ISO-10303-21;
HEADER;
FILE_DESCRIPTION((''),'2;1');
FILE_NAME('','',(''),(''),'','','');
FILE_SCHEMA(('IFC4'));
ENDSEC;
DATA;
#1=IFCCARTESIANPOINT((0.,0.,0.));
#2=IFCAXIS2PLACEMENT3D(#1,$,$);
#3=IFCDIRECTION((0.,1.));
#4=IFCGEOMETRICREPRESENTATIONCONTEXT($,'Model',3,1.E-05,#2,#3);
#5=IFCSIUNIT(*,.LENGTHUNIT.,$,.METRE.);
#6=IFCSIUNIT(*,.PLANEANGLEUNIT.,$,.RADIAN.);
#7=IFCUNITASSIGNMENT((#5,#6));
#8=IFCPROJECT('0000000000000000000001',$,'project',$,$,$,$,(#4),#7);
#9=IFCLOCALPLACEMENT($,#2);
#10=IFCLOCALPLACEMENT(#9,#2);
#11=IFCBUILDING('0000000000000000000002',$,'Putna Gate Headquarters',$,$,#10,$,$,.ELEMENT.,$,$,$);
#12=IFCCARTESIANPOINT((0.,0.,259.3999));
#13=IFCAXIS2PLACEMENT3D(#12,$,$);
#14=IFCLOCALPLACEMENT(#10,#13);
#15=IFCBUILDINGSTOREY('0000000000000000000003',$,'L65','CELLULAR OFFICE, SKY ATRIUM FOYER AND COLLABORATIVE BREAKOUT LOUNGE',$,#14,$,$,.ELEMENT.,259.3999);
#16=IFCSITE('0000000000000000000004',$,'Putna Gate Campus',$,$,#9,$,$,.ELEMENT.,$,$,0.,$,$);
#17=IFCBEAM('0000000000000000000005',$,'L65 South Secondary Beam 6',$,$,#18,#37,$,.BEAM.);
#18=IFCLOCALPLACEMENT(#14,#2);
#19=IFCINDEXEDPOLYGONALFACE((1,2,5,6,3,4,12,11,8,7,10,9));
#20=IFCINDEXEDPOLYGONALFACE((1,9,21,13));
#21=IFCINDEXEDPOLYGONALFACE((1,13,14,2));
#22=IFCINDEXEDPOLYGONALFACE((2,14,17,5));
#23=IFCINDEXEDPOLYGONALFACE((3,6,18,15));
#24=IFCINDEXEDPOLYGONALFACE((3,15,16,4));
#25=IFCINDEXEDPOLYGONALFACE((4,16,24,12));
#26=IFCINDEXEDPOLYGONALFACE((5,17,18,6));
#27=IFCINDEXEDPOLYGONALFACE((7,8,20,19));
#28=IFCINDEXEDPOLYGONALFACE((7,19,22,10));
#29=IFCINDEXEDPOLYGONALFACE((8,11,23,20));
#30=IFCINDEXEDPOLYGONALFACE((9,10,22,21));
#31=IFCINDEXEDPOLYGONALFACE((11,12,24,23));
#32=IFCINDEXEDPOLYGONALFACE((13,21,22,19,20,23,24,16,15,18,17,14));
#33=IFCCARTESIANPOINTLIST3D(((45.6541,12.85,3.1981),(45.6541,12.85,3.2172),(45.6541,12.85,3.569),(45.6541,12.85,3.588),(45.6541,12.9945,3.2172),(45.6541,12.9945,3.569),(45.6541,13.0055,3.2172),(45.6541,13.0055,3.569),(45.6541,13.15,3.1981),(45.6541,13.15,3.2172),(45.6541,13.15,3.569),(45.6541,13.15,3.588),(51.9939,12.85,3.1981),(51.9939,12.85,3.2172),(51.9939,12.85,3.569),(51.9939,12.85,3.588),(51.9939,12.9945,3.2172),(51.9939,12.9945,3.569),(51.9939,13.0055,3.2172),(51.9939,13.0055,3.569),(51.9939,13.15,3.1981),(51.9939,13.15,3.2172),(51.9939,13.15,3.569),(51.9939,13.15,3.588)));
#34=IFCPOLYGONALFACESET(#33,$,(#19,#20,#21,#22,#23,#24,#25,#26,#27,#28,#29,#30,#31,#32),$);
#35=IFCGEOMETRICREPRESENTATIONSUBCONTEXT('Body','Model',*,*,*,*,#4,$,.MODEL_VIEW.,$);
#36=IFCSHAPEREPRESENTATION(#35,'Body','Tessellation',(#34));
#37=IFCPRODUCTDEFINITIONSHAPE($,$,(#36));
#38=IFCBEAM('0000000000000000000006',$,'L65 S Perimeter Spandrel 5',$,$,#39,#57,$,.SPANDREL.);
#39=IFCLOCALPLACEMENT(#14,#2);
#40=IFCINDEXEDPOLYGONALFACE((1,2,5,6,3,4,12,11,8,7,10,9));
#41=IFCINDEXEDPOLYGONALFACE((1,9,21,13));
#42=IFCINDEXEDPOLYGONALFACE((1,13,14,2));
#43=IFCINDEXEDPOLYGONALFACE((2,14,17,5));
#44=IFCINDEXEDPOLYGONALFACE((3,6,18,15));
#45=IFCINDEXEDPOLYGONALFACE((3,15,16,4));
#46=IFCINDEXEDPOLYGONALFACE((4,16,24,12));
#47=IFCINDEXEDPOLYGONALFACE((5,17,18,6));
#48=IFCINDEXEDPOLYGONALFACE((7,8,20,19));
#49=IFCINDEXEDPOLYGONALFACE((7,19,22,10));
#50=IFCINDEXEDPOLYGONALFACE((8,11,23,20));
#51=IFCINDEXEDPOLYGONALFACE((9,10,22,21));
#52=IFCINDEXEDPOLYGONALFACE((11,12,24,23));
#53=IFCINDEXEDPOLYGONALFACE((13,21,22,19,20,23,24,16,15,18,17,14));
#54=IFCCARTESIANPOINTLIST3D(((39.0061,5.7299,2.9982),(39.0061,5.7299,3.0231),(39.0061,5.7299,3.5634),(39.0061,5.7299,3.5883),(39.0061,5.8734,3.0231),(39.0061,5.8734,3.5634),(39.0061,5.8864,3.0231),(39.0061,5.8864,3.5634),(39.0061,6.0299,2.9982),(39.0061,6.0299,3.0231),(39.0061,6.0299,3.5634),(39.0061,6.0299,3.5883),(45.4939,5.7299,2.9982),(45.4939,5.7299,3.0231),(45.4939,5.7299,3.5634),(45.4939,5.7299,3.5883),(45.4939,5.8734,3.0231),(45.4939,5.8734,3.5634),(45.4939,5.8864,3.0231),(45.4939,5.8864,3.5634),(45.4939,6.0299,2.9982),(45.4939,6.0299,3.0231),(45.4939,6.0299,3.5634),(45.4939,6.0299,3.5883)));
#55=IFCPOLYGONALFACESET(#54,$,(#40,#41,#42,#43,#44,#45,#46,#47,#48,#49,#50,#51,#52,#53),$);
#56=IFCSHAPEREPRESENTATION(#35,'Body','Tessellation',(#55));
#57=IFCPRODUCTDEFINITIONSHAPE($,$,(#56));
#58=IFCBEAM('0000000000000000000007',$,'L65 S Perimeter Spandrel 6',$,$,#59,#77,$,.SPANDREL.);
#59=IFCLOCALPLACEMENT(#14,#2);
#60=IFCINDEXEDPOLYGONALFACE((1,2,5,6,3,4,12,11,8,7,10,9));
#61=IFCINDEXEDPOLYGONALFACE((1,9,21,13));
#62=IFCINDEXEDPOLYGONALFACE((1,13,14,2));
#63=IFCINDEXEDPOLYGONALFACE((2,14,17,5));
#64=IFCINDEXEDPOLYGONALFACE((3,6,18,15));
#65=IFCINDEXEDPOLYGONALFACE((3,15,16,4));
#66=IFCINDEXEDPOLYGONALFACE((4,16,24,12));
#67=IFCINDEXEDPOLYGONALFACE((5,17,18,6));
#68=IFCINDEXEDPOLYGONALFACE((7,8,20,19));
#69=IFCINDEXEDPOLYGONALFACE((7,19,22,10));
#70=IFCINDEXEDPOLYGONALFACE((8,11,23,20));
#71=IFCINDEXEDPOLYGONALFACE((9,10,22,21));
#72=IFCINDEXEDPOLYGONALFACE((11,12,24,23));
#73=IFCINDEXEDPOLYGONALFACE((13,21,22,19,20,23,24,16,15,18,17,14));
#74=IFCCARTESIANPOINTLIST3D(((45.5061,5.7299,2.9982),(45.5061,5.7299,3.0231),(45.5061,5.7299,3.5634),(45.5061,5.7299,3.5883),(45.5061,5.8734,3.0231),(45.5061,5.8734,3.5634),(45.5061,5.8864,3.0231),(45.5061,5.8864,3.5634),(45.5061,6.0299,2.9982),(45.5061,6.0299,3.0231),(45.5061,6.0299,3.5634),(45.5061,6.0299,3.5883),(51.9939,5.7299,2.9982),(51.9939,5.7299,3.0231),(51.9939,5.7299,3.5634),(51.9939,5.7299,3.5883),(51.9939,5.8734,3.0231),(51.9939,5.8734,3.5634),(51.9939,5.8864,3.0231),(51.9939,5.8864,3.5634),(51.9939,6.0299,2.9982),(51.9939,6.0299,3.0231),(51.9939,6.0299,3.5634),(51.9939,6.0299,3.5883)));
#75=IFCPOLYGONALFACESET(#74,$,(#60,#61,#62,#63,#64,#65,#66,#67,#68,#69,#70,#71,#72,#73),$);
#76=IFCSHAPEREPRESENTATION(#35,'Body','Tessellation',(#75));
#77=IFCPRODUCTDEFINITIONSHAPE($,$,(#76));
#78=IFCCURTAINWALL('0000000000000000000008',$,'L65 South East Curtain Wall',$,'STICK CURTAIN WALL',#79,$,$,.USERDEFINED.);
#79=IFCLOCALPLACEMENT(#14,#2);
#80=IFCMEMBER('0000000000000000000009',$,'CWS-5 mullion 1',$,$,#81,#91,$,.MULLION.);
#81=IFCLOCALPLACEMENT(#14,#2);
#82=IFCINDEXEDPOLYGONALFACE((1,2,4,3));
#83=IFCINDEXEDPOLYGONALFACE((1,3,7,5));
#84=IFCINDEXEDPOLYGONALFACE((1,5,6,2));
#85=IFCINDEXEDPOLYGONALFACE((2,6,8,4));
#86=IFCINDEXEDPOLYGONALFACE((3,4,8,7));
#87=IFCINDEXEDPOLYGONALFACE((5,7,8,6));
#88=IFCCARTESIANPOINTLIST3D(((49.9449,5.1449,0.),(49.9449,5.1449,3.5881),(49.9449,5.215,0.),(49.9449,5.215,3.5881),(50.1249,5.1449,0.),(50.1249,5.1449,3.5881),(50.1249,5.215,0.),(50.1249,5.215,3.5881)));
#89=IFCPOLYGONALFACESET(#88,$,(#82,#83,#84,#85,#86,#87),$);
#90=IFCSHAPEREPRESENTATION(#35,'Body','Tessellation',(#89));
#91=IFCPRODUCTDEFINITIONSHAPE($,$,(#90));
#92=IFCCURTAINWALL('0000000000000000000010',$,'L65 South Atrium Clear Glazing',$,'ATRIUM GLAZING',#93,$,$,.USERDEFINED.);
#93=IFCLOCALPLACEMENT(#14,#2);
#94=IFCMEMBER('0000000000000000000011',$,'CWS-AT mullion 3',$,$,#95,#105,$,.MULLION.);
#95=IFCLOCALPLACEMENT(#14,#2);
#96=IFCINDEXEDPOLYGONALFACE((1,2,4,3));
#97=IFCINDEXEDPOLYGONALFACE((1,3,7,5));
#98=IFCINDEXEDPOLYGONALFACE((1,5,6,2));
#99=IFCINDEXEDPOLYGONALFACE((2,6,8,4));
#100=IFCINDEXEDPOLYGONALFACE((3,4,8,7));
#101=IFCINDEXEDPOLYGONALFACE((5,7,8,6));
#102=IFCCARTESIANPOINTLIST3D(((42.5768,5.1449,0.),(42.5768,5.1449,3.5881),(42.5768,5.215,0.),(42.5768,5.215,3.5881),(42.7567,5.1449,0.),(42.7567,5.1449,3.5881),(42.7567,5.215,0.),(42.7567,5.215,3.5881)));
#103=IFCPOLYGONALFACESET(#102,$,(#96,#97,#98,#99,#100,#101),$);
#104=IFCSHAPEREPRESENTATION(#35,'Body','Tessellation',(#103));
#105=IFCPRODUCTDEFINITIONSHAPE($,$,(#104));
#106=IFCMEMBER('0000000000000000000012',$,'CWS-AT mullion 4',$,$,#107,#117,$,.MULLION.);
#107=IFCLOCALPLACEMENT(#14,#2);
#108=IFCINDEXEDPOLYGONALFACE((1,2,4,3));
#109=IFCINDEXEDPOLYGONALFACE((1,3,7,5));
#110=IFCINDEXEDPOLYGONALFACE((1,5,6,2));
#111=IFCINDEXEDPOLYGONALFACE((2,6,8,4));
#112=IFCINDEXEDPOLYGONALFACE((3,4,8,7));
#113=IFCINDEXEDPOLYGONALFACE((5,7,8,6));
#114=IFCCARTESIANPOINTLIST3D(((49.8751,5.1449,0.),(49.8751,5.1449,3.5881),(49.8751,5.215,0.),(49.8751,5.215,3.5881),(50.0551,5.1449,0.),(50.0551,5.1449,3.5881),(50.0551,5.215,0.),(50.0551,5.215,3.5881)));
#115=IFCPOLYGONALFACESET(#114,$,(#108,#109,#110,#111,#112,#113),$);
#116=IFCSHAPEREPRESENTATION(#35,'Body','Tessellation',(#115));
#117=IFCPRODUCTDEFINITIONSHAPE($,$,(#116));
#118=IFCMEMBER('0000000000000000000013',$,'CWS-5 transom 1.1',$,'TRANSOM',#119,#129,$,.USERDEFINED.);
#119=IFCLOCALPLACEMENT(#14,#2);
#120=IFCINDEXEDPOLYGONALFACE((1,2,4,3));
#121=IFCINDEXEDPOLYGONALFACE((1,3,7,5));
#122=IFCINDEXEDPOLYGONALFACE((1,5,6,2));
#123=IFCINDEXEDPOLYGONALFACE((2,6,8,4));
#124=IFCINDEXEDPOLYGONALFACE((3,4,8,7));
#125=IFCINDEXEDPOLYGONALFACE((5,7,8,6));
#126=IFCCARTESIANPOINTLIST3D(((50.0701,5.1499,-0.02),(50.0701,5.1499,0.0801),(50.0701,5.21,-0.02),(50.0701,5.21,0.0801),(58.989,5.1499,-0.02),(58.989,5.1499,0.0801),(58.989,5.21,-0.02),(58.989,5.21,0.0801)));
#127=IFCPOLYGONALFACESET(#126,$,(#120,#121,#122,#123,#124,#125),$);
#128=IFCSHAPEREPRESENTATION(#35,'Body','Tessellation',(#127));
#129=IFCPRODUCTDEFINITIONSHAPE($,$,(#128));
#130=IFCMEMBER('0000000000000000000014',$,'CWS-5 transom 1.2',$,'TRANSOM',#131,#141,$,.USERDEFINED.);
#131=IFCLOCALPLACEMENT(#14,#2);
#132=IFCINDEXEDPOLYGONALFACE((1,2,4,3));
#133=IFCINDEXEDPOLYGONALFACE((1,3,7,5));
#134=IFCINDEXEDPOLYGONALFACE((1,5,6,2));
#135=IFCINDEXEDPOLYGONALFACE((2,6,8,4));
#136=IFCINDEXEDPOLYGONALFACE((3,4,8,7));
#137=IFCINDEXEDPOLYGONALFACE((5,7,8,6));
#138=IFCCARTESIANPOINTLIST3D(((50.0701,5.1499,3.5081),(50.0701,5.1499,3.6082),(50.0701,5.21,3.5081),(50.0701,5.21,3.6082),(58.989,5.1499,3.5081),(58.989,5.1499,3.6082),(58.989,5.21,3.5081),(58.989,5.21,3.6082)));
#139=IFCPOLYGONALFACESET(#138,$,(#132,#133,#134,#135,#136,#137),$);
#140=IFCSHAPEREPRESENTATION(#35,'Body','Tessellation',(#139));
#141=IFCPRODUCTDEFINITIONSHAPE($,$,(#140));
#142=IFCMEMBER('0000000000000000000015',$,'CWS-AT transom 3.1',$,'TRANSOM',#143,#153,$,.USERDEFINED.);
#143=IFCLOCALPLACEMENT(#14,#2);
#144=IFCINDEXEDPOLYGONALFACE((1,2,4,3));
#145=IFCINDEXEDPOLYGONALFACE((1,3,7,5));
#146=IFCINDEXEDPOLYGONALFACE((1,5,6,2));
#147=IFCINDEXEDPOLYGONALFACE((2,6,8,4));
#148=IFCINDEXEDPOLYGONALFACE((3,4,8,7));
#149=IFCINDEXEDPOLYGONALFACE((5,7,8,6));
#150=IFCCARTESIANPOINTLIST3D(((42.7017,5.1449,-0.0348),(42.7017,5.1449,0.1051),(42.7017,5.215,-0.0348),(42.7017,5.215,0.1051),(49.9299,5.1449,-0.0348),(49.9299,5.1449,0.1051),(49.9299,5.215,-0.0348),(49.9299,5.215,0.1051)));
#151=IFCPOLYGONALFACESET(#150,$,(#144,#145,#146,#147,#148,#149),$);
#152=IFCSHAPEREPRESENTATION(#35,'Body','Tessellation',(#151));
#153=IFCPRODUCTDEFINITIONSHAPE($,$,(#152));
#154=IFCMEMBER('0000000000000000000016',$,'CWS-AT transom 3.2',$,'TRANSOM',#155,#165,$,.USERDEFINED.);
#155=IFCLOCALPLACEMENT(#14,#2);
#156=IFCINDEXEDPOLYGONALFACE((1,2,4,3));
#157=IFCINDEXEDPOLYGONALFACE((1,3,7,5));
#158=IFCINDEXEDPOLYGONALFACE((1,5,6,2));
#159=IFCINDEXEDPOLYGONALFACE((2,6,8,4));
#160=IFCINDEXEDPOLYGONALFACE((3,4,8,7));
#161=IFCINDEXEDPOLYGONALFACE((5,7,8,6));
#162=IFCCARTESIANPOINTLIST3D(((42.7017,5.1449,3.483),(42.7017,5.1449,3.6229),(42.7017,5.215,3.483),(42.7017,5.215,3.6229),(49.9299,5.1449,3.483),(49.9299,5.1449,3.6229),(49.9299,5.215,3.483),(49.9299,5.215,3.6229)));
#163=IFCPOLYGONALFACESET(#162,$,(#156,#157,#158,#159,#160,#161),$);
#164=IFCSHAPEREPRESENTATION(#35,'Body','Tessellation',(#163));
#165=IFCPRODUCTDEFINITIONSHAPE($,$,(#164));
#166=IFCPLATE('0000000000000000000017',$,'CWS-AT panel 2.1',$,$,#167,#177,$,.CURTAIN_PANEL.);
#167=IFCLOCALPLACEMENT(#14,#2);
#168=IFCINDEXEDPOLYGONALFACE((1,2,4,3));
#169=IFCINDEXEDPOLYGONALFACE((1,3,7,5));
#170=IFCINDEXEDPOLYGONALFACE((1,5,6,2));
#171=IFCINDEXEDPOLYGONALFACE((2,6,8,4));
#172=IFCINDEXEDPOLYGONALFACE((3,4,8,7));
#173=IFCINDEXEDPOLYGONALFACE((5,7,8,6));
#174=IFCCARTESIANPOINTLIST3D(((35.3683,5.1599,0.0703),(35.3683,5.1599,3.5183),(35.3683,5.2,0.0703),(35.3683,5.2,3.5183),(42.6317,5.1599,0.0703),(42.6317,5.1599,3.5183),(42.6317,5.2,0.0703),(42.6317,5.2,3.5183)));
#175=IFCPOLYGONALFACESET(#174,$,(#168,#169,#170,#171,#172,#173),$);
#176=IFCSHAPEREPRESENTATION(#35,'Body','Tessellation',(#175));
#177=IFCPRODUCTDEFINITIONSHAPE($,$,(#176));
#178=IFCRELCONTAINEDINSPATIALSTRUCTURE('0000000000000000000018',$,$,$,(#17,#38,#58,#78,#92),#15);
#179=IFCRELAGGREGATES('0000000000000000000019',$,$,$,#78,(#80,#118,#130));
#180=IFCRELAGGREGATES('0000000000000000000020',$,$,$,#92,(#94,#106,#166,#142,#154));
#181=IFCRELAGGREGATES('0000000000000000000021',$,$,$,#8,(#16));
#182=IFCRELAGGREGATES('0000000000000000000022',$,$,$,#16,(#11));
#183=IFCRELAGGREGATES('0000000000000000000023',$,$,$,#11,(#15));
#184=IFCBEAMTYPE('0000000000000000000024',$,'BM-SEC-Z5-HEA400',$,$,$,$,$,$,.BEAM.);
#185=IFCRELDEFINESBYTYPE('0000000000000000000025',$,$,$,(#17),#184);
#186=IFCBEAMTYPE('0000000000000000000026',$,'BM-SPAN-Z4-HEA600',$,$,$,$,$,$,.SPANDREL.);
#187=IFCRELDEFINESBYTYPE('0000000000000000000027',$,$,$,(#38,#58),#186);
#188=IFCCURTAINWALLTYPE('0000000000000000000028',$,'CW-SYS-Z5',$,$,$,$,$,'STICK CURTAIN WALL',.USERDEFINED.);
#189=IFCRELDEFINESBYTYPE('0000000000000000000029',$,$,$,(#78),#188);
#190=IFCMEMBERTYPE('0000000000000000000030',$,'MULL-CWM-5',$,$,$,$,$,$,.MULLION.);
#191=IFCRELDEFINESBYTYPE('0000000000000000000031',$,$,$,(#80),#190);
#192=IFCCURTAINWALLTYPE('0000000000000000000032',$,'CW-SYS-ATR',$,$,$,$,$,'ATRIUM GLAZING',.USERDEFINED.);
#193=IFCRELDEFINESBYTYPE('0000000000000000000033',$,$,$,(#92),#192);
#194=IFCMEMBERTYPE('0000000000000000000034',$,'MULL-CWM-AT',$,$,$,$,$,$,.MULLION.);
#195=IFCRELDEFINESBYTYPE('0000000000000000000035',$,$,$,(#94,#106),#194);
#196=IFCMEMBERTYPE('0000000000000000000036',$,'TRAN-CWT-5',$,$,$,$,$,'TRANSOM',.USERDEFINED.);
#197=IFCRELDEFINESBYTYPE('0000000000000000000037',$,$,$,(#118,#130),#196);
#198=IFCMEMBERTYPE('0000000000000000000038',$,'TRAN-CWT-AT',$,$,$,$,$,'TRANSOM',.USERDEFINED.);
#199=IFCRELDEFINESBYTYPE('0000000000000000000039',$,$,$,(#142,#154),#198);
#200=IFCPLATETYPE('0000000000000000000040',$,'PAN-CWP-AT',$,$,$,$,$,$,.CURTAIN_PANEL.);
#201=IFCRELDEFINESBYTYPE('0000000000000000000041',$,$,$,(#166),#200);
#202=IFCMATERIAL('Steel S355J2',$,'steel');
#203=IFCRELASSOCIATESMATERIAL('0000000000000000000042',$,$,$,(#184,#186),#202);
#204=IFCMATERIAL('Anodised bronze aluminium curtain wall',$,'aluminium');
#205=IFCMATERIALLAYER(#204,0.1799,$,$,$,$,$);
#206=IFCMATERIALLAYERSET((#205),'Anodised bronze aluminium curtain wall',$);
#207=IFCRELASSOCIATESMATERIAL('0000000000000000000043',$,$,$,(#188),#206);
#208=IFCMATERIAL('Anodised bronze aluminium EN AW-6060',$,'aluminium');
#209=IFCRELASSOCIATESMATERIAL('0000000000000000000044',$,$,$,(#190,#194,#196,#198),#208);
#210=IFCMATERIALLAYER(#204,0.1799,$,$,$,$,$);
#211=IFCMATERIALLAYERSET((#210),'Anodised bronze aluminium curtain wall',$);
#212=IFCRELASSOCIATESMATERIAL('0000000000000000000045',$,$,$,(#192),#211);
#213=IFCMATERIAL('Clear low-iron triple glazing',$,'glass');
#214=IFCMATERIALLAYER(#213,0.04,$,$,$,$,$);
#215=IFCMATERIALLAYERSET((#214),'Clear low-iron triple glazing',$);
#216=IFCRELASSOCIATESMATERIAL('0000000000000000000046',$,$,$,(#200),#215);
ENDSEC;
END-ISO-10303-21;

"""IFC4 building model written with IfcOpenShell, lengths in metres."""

from ifc_helpers import new_model, si_unit, direction, frame, origin, origin_2d, place, context, subcontext, project, spatial, rectangle, i_section, extrude, material, layer, layer_set, material_profile, profile_set, type_object, element, aggregate, save


model = new_model("IFC4")

# Units and contexts
model_context = context("Model", 3, precision=1e-05, world=origin(), true_north=direction((0.0, 1.0)))
body_context = subcontext(model_context, "Body", "Model", "MODEL_VIEW")
ifc_project = project(units=[si_unit("LENGTHUNIT", "METRE"), si_unit("PLANEANGLEUNIT", "RADIAN")], contexts=[model_context])

# Site, building, storey
site_placement = place(None, origin())
site = spatial("IfcSite", under=ifc_project, at=site_placement, Name="Putna Gate Campus", CompositionType="ELEMENT", RefElevation=0.0)
building_placement = place(site_placement, origin())
building = spatial("IfcBuilding", under=site, at=building_placement, Name="Putna Gate Headquarters", CompositionType="ELEMENT")
storey_placement = place(building_placement, frame((0.0, 0.0, 259.3999)))
storey = spatial("IfcBuildingStorey", under=building, at=storey_placement, Name="L65", Description="CELLULAR OFFICE, SKY ATRIUM FOYER AND COLLABORATIVE BREAKOUT LOUNGE", CompositionType="ELEMENT", Elevation=259.3999)

# Beams
ifc_material_1 = material(Name="Steel S355J2", Category="steel")
ifc_material_profile_1 = material_profile(ifc_material_1, i_section(OverallWidth=0.3, OverallDepth=0.3899, WebThickness=0.011, FlangeThickness=0.019, at=origin_2d()), Name="Steel S355J2")
ifc_profile_set_1 = profile_set([ifc_material_profile_1], Name="Steel S355J2")
beam_type_1 = type_object("IfcBeamType", Name="BM-SEC-Z5-HEA400", PredefinedType="BEAM", material=ifc_profile_set_1)
beam_1_placement = place(storey_placement, frame((45.6541, 13.0, 3.3931), z_axis=(1.0, 0.0, 0.0), x_axis=(0.0, 1.0, 0.0)))
element("IfcBeam", 1, at=beam_1_placement, inside=storey, type_object=beam_type_1, Name="L65 South Secondary Beam 6", PredefinedType="BEAM", context=body_context, shape_type="SweptSolid", body=[
    extrude(i_section(OverallWidth=0.3, OverallDepth=0.3899, WebThickness=0.011, FlangeThickness=0.019, at=origin_2d()), origin(), (0.0, 0.0, 1.0), 6.3398),
])
ifc_material_profile_2 = material_profile(ifc_material_1, i_section(OverallWidth=0.3, OverallDepth=0.5901, WebThickness=0.0129, FlangeThickness=0.0249, at=origin_2d()), Name="Steel S355J2")
ifc_profile_set_2 = profile_set([ifc_material_profile_2], Name="Steel S355J2")
beam_type_2 = type_object("IfcBeamType", Name="BM-SPAN-Z4-HEA600", PredefinedType="SPANDREL", material=ifc_profile_set_2)
for number, where, z_axis, x_axis, name in (
    (2, (39.0061, 5.8799, 3.2932), (1.0, 0.0, 0.0), (0.0, 1.0, 0.0), "L65 S Perimeter Spandrel 5"),
    (3, (45.5061, 5.8799, 3.2932), (1.0, 0.0, 0.0), (0.0, 1.0, 0.0), "L65 S Perimeter Spandrel 6"),
):
    element("IfcBeam", number, at=place(storey_placement, frame(where, z_axis=z_axis, x_axis=x_axis)), inside=storey, type_object=beam_type_2, Name=name, PredefinedType="SPANDREL", context=body_context, shape_type="SweptSolid", body=[
        extrude(i_section(OverallWidth=0.3, OverallDepth=0.5901, WebThickness=0.0129, FlangeThickness=0.0249, at=origin_2d()), origin(), (0.0, 0.0, 1.0), 6.4878),
    ])

# Curtain wall, member
ifc_material_2 = material(Name="Anodised bronze aluminium curtain wall", Category="aluminium")
ifc_layer_1 = layer(ifc_material_2, 0.1799)
ifc_layer_set_1 = layer_set([ifc_layer_1], Name="Anodised bronze aluminium curtain wall")
curtain_wall_type_1 = type_object("IfcCurtainWallType", Name="CW-SYS-Z5", ElementType="STICK CURTAIN WALL", PredefinedType="USERDEFINED", material=ifc_layer_set_1)
curtain_wall_1_placement = place(storey_placement, origin())
curtain_wall_1 = element("IfcCurtainWall", 4, at=curtain_wall_1_placement, inside=storey, type_object=curtain_wall_type_1, Name="L65 South East Curtain Wall", ObjectType="STICK CURTAIN WALL", PredefinedType="USERDEFINED")
ifc_material_3 = material(Name="Anodised bronze aluminium EN AW-6060", Category="aluminium")
ifc_material_profile_3 = material_profile(ifc_material_3, rectangle(XDim=0.0701, YDim=0.1799, at=origin_2d()), Name="Anodised bronze aluminium EN AW-6060")
ifc_profile_set_3 = profile_set([ifc_material_profile_3], Name="Anodised bronze aluminium EN AW-6060")
member_type_1 = type_object("IfcMemberType", Name="MULL-CWM-5", PredefinedType="MULLION", material=ifc_profile_set_3)
member_1_placement = place(storey_placement, frame((50.0349, 5.1799, 0.0), z_axis=(0.0, 0.0, 1.0), x_axis=(0.0, 1.0, 0.0)))
member_1 = element("IfcMember", 5, at=member_1_placement, type_object=member_type_1, Name="CWS-5 mullion 1", PredefinedType="MULLION", context=body_context, shape_type="SweptSolid", body=[
    extrude(rectangle(XDim=0.0701, YDim=0.1799, at=origin_2d()), origin(), (0.0, 0.0, 1.0), 3.5881),
])

# Curtain wall, members
ifc_layer_2 = layer(ifc_material_2, 0.1799)
ifc_layer_set_2 = layer_set([ifc_layer_2], Name="Anodised bronze aluminium curtain wall")
curtain_wall_type_2 = type_object("IfcCurtainWallType", Name="CW-SYS-ATR", ElementType="ATRIUM GLAZING", PredefinedType="USERDEFINED", material=ifc_layer_set_2)
curtain_wall_2_placement = place(storey_placement, origin())
curtain_wall_2 = element("IfcCurtainWall", 6, at=curtain_wall_2_placement, inside=storey, type_object=curtain_wall_type_2, Name="L65 South Atrium Clear Glazing", ObjectType="ATRIUM GLAZING", PredefinedType="USERDEFINED")
ifc_material_profile_4 = material_profile(ifc_material_3, rectangle(XDim=0.0701, YDim=0.1799, at=origin_2d()), Name="Anodised bronze aluminium EN AW-6060")
ifc_profile_set_4 = profile_set([ifc_material_profile_4], Name="Anodised bronze aluminium EN AW-6060")
member_type_2 = type_object("IfcMemberType", Name="MULL-CWM-AT", PredefinedType="MULLION", material=ifc_profile_set_4)
member_2_placement = place(storey_placement, frame((42.6667, 5.1799, 0.0), z_axis=(0.0, 0.0, 1.0), x_axis=(0.0, 1.0, 0.0)))
member_2 = element("IfcMember", 7, at=member_2_placement, type_object=member_type_2, Name="CWS-AT mullion 3", PredefinedType="MULLION", context=body_context, shape_type="SweptSolid", body=[
    extrude(rectangle(XDim=0.0701, YDim=0.1799, at=origin_2d()), origin(), (0.0, 0.0, 1.0), 3.5881),
])
member_3_placement = place(storey_placement, frame((49.9651, 5.1799, 0.0), z_axis=(0.0, 0.0, 1.0), x_axis=(0.0, 1.0, 0.0)))
member_3 = element("IfcMember", 8, at=member_3_placement, type_object=member_type_2, Name="CWS-AT mullion 4", PredefinedType="MULLION", context=body_context, shape_type="SweptSolid", body=[
    extrude(rectangle(XDim=0.0701, YDim=0.1799, at=origin_2d()), origin(), (0.0, 0.0, 1.0), 3.5881),
])

# Members
ifc_material_profile_5 = material_profile(ifc_material_3, rectangle(XDim=0.0601, YDim=0.1001, at=origin_2d()), Name="Anodised bronze aluminium EN AW-6060")
ifc_profile_set_5 = profile_set([ifc_material_profile_5], Name="Anodised bronze aluminium EN AW-6060")
member_type_3 = type_object("IfcMemberType", Name="TRAN-CWT-5", ElementType="TRANSOM", PredefinedType="USERDEFINED", material=ifc_profile_set_5)
member_4_placement = place(storey_placement, frame((50.0701, 5.1799, 0.03), z_axis=(1.0, 0.0, 0.0), x_axis=(0.0, 1.0, 0.0)))
member_4 = element("IfcMember", 9, at=member_4_placement, type_object=member_type_3, Name="CWS-5 transom 1.1", ObjectType="TRANSOM", PredefinedType="USERDEFINED", context=body_context, shape_type="SweptSolid", body=[
    extrude(rectangle(XDim=0.0601, YDim=0.1001, at=origin_2d()), origin(), (0.0, 0.0, 1.0), 8.9189),
])
member_5_placement = place(storey_placement, frame((50.0701, 5.1799, 3.5581), z_axis=(1.0, 0.0, 0.0), x_axis=(0.0, 1.0, 0.0)))
member_5 = element("IfcMember", 10, at=member_5_placement, type_object=member_type_3, Name="CWS-5 transom 1.2", ObjectType="TRANSOM", PredefinedType="USERDEFINED", context=body_context, shape_type="SweptSolid", body=[
    extrude(rectangle(XDim=0.0601, YDim=0.1001, at=origin_2d()), origin(), (0.0, 0.0, 1.0), 8.9189),
])
aggregate(curtain_wall_1, [member_1, member_4, member_5])
ifc_material_profile_6 = material_profile(ifc_material_3, rectangle(XDim=0.0701, YDim=0.1399, at=origin_2d()), Name="Anodised bronze aluminium EN AW-6060")
ifc_profile_set_6 = profile_set([ifc_material_profile_6], Name="Anodised bronze aluminium EN AW-6060")
member_type_4 = type_object("IfcMemberType", Name="TRAN-CWT-AT", ElementType="TRANSOM", PredefinedType="USERDEFINED", material=ifc_profile_set_6)
member_6_placement = place(storey_placement, frame((42.7017, 5.1799, 0.0352), z_axis=(1.0, 0.0, 0.0), x_axis=(0.0, 1.0, 0.0)))
member_6 = element("IfcMember", 11, at=member_6_placement, type_object=member_type_4, Name="CWS-AT transom 3.1", ObjectType="TRANSOM", PredefinedType="USERDEFINED", context=body_context, shape_type="SweptSolid", body=[
    extrude(rectangle(XDim=0.0701, YDim=0.1399, at=origin_2d()), origin(), (0.0, 0.0, 1.0), 7.2283),
])
member_7_placement = place(storey_placement, frame((42.7017, 5.1799, 3.553), z_axis=(1.0, 0.0, 0.0), x_axis=(0.0, 1.0, 0.0)))
member_7 = element("IfcMember", 12, at=member_7_placement, type_object=member_type_4, Name="CWS-AT transom 3.2", ObjectType="TRANSOM", PredefinedType="USERDEFINED", context=body_context, shape_type="SweptSolid", body=[
    extrude(rectangle(XDim=0.0701, YDim=0.1399, at=origin_2d()), origin(), (0.0, 0.0, 1.0), 7.2283),
])

# Plate
ifc_material_4 = material(Name="Clear low-iron triple glazing", Category="glass")
ifc_layer_3 = layer(ifc_material_4, 0.04)
ifc_layer_set_3 = layer_set([ifc_layer_3], Name="Clear low-iron triple glazing")
plate_type = type_object("IfcPlateType", Name="PAN-CWP-AT", PredefinedType="CURTAIN_PANEL", material=ifc_layer_set_3)
plate_1_placement = place(storey_placement, frame((39.0, 5.1799, 0.0703), z_axis=(0.0, 0.0, 1.0), x_axis=(1.0, 0.0, 0.0)))
plate_1 = element("IfcPlate", 13, at=plate_1_placement, type_object=plate_type, Name="CWS-AT panel 2.1", PredefinedType="CURTAIN_PANEL", context=body_context, shape_type="SweptSolid", body=[
    extrude(rectangle(XDim=7.2634, YDim=0.04, at=origin_2d()), origin(), (0.0, 0.0, 1.0), 3.448),
])
aggregate(curtain_wall_2, [member_2, member_3, plate_1, member_6, member_7])

save(model, "model.ifc")
